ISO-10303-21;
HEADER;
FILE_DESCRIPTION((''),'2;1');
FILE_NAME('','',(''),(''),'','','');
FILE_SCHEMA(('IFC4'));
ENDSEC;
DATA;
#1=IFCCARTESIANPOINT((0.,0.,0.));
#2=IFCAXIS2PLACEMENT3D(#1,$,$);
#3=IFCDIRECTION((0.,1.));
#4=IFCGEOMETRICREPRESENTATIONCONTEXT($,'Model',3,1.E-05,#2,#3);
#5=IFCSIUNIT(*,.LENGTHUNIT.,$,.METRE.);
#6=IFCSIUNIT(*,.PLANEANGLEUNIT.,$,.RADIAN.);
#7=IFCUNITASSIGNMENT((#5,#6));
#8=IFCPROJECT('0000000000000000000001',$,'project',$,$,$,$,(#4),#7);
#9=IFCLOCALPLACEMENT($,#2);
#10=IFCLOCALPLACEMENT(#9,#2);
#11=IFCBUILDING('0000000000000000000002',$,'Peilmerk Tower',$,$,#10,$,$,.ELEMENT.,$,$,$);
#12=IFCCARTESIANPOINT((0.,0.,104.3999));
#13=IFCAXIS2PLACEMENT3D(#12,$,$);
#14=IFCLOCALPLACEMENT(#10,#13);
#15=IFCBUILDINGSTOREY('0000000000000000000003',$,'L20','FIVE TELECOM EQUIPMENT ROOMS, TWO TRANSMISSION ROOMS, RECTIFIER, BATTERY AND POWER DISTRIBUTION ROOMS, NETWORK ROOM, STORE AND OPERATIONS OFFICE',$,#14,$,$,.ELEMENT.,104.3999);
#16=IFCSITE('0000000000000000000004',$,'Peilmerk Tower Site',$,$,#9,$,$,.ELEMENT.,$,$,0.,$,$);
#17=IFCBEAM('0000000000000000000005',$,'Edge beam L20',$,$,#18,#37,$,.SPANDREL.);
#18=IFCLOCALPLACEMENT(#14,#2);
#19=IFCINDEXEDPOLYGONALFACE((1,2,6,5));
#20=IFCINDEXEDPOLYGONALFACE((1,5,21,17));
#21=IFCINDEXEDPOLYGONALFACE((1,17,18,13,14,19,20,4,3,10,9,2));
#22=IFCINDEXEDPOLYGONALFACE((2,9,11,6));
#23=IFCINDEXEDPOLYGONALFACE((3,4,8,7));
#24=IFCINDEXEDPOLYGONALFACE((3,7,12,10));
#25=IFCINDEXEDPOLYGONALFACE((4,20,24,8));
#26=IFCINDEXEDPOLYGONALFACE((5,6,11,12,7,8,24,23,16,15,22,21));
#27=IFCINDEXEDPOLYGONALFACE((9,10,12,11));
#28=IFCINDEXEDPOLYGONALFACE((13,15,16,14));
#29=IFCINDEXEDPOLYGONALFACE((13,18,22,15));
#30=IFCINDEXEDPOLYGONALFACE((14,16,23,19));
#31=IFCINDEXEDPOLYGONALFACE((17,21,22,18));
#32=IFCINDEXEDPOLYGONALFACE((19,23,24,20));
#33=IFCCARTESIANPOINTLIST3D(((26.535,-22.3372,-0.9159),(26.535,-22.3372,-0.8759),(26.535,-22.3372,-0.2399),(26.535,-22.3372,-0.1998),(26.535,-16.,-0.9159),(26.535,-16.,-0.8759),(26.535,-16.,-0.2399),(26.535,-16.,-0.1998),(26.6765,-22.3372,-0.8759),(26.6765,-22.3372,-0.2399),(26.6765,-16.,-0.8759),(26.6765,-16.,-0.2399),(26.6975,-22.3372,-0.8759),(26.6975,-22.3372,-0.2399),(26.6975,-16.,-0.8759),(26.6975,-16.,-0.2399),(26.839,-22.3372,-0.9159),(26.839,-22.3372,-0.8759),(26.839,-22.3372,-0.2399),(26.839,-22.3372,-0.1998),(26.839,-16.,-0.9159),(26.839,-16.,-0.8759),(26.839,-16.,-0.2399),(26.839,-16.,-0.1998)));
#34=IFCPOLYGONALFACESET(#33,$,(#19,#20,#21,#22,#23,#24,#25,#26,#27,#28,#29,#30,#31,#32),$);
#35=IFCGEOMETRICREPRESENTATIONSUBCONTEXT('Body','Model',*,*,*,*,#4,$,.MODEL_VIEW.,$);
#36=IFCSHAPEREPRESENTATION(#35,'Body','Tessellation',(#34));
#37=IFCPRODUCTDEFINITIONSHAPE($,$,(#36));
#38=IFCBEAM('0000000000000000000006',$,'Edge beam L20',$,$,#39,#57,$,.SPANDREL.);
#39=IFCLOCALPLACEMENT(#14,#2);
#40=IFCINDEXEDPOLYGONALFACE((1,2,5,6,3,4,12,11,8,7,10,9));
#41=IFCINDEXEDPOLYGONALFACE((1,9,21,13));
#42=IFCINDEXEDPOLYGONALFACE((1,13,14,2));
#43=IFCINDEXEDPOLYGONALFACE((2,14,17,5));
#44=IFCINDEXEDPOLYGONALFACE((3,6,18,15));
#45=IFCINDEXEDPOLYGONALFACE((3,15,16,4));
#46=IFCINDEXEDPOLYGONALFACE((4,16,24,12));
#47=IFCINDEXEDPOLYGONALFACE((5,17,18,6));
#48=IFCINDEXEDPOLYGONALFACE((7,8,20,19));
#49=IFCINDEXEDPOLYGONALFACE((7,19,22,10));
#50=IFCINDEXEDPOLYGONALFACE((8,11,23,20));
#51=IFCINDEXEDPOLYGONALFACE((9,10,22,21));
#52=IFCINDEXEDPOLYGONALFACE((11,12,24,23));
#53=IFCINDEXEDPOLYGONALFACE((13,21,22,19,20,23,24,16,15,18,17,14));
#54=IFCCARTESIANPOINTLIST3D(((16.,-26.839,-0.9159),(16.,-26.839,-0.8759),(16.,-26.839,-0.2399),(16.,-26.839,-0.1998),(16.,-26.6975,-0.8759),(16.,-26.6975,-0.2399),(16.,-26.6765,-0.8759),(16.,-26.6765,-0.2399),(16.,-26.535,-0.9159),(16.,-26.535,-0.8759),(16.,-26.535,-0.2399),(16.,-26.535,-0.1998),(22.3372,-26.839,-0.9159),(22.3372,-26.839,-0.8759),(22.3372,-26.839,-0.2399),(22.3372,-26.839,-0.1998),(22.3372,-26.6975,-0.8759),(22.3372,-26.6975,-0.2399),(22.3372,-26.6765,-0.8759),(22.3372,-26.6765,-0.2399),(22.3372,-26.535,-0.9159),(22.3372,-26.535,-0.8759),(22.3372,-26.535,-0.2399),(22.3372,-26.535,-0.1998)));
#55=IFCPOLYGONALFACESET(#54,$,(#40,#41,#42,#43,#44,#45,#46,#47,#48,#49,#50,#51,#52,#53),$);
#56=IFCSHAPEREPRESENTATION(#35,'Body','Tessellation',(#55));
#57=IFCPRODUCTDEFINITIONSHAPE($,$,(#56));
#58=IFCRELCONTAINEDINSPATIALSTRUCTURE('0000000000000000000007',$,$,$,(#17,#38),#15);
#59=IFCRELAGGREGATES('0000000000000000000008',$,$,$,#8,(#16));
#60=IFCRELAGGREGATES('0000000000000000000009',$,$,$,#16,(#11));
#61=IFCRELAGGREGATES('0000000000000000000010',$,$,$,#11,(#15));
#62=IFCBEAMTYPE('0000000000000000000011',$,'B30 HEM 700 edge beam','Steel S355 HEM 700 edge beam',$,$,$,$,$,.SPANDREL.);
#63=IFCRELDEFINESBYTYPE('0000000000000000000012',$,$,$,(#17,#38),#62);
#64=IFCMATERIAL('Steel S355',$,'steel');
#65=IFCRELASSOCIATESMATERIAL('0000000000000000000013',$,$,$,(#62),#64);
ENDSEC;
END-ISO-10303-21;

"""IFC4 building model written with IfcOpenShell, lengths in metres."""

from ifc_helpers import new_model, si_unit, direction, frame, origin, origin_2d, place, context, subcontext, project, spatial, i_section, extrude, material, material_profile, profile_set, type_object, element, save


model = new_model("IFC4")

# Units and contexts
model_context = context("Model", 3, precision=1e-05, world=origin(), true_north=direction((0.0, 1.0)))
body_context = subcontext(model_context, "Body", "Model", "MODEL_VIEW")
ifc_project = project(units=[si_unit("LENGTHUNIT", "METRE"), si_unit("PLANEANGLEUNIT", "RADIAN")], contexts=[model_context])

# Site, building, storey
site_placement = place(None, origin())
site = spatial("IfcSite", under=ifc_project, at=site_placement, Name="Peilmerk Tower Site", CompositionType="ELEMENT", RefElevation=0.0)
building_placement = place(site_placement, origin())
building = spatial("IfcBuilding", under=site, at=building_placement, Name="Peilmerk Tower", CompositionType="ELEMENT")
storey_placement = place(building_placement, frame((0.0, 0.0, 104.3999)))
storey = spatial("IfcBuildingStorey", under=building, at=storey_placement, Name="L20", Description="FIVE TELECOM EQUIPMENT ROOMS, TWO TRANSMISSION ROOMS, RECTIFIER, BATTERY AND POWER DISTRIBUTION ROOMS, NETWORK ROOM, STORE AND OPERATIONS OFFICE", CompositionType="ELEMENT", Elevation=104.3999)

# Beams
ifc_material_1 = material(Name="Steel S355", Category="steel")
ifc_material_profile_1 = material_profile(ifc_material_1, i_section(OverallWidth=0.304, OverallDepth=0.7161, WebThickness=0.021, FlangeThickness=0.04, at=origin_2d()), Name="HEM 700")
ifc_profile_set_1 = profile_set([ifc_material_profile_1], Name="Steel S355")
beam_type_1 = type_object("IfcBeamType", Name="B30 HEM 700 edge beam", Description="Steel S355 HEM 700 edge beam", PredefinedType="SPANDREL", material=ifc_profile_set_1)
for number, where, z_axis, x_axis, name in (
    (1, (26.687, -22.3372, -0.5579), (0.0, 1.0, 0.0), (-1.0, 0.0, 0.0), "Edge beam L20"),
    (2, (16.0, -26.687, -0.5579), (1.0, 0.0, 0.0), (0.0, 1.0, 0.0), "Edge beam L20"),
):
    element("IfcBeam", number, at=place(storey_placement, frame(where, z_axis=z_axis, x_axis=x_axis)), inside=storey, type_object=beam_type_1, Name=name, PredefinedType="SPANDREL", context=body_context, shape_type="SweptSolid", body=[
        extrude(i_section(OverallWidth=0.304, OverallDepth=0.7161, WebThickness=0.021, FlangeThickness=0.04, at=origin_2d()), origin(), (0.0, 0.0, 1.0), 6.3372),
    ])

save(model, "model.ifc")
